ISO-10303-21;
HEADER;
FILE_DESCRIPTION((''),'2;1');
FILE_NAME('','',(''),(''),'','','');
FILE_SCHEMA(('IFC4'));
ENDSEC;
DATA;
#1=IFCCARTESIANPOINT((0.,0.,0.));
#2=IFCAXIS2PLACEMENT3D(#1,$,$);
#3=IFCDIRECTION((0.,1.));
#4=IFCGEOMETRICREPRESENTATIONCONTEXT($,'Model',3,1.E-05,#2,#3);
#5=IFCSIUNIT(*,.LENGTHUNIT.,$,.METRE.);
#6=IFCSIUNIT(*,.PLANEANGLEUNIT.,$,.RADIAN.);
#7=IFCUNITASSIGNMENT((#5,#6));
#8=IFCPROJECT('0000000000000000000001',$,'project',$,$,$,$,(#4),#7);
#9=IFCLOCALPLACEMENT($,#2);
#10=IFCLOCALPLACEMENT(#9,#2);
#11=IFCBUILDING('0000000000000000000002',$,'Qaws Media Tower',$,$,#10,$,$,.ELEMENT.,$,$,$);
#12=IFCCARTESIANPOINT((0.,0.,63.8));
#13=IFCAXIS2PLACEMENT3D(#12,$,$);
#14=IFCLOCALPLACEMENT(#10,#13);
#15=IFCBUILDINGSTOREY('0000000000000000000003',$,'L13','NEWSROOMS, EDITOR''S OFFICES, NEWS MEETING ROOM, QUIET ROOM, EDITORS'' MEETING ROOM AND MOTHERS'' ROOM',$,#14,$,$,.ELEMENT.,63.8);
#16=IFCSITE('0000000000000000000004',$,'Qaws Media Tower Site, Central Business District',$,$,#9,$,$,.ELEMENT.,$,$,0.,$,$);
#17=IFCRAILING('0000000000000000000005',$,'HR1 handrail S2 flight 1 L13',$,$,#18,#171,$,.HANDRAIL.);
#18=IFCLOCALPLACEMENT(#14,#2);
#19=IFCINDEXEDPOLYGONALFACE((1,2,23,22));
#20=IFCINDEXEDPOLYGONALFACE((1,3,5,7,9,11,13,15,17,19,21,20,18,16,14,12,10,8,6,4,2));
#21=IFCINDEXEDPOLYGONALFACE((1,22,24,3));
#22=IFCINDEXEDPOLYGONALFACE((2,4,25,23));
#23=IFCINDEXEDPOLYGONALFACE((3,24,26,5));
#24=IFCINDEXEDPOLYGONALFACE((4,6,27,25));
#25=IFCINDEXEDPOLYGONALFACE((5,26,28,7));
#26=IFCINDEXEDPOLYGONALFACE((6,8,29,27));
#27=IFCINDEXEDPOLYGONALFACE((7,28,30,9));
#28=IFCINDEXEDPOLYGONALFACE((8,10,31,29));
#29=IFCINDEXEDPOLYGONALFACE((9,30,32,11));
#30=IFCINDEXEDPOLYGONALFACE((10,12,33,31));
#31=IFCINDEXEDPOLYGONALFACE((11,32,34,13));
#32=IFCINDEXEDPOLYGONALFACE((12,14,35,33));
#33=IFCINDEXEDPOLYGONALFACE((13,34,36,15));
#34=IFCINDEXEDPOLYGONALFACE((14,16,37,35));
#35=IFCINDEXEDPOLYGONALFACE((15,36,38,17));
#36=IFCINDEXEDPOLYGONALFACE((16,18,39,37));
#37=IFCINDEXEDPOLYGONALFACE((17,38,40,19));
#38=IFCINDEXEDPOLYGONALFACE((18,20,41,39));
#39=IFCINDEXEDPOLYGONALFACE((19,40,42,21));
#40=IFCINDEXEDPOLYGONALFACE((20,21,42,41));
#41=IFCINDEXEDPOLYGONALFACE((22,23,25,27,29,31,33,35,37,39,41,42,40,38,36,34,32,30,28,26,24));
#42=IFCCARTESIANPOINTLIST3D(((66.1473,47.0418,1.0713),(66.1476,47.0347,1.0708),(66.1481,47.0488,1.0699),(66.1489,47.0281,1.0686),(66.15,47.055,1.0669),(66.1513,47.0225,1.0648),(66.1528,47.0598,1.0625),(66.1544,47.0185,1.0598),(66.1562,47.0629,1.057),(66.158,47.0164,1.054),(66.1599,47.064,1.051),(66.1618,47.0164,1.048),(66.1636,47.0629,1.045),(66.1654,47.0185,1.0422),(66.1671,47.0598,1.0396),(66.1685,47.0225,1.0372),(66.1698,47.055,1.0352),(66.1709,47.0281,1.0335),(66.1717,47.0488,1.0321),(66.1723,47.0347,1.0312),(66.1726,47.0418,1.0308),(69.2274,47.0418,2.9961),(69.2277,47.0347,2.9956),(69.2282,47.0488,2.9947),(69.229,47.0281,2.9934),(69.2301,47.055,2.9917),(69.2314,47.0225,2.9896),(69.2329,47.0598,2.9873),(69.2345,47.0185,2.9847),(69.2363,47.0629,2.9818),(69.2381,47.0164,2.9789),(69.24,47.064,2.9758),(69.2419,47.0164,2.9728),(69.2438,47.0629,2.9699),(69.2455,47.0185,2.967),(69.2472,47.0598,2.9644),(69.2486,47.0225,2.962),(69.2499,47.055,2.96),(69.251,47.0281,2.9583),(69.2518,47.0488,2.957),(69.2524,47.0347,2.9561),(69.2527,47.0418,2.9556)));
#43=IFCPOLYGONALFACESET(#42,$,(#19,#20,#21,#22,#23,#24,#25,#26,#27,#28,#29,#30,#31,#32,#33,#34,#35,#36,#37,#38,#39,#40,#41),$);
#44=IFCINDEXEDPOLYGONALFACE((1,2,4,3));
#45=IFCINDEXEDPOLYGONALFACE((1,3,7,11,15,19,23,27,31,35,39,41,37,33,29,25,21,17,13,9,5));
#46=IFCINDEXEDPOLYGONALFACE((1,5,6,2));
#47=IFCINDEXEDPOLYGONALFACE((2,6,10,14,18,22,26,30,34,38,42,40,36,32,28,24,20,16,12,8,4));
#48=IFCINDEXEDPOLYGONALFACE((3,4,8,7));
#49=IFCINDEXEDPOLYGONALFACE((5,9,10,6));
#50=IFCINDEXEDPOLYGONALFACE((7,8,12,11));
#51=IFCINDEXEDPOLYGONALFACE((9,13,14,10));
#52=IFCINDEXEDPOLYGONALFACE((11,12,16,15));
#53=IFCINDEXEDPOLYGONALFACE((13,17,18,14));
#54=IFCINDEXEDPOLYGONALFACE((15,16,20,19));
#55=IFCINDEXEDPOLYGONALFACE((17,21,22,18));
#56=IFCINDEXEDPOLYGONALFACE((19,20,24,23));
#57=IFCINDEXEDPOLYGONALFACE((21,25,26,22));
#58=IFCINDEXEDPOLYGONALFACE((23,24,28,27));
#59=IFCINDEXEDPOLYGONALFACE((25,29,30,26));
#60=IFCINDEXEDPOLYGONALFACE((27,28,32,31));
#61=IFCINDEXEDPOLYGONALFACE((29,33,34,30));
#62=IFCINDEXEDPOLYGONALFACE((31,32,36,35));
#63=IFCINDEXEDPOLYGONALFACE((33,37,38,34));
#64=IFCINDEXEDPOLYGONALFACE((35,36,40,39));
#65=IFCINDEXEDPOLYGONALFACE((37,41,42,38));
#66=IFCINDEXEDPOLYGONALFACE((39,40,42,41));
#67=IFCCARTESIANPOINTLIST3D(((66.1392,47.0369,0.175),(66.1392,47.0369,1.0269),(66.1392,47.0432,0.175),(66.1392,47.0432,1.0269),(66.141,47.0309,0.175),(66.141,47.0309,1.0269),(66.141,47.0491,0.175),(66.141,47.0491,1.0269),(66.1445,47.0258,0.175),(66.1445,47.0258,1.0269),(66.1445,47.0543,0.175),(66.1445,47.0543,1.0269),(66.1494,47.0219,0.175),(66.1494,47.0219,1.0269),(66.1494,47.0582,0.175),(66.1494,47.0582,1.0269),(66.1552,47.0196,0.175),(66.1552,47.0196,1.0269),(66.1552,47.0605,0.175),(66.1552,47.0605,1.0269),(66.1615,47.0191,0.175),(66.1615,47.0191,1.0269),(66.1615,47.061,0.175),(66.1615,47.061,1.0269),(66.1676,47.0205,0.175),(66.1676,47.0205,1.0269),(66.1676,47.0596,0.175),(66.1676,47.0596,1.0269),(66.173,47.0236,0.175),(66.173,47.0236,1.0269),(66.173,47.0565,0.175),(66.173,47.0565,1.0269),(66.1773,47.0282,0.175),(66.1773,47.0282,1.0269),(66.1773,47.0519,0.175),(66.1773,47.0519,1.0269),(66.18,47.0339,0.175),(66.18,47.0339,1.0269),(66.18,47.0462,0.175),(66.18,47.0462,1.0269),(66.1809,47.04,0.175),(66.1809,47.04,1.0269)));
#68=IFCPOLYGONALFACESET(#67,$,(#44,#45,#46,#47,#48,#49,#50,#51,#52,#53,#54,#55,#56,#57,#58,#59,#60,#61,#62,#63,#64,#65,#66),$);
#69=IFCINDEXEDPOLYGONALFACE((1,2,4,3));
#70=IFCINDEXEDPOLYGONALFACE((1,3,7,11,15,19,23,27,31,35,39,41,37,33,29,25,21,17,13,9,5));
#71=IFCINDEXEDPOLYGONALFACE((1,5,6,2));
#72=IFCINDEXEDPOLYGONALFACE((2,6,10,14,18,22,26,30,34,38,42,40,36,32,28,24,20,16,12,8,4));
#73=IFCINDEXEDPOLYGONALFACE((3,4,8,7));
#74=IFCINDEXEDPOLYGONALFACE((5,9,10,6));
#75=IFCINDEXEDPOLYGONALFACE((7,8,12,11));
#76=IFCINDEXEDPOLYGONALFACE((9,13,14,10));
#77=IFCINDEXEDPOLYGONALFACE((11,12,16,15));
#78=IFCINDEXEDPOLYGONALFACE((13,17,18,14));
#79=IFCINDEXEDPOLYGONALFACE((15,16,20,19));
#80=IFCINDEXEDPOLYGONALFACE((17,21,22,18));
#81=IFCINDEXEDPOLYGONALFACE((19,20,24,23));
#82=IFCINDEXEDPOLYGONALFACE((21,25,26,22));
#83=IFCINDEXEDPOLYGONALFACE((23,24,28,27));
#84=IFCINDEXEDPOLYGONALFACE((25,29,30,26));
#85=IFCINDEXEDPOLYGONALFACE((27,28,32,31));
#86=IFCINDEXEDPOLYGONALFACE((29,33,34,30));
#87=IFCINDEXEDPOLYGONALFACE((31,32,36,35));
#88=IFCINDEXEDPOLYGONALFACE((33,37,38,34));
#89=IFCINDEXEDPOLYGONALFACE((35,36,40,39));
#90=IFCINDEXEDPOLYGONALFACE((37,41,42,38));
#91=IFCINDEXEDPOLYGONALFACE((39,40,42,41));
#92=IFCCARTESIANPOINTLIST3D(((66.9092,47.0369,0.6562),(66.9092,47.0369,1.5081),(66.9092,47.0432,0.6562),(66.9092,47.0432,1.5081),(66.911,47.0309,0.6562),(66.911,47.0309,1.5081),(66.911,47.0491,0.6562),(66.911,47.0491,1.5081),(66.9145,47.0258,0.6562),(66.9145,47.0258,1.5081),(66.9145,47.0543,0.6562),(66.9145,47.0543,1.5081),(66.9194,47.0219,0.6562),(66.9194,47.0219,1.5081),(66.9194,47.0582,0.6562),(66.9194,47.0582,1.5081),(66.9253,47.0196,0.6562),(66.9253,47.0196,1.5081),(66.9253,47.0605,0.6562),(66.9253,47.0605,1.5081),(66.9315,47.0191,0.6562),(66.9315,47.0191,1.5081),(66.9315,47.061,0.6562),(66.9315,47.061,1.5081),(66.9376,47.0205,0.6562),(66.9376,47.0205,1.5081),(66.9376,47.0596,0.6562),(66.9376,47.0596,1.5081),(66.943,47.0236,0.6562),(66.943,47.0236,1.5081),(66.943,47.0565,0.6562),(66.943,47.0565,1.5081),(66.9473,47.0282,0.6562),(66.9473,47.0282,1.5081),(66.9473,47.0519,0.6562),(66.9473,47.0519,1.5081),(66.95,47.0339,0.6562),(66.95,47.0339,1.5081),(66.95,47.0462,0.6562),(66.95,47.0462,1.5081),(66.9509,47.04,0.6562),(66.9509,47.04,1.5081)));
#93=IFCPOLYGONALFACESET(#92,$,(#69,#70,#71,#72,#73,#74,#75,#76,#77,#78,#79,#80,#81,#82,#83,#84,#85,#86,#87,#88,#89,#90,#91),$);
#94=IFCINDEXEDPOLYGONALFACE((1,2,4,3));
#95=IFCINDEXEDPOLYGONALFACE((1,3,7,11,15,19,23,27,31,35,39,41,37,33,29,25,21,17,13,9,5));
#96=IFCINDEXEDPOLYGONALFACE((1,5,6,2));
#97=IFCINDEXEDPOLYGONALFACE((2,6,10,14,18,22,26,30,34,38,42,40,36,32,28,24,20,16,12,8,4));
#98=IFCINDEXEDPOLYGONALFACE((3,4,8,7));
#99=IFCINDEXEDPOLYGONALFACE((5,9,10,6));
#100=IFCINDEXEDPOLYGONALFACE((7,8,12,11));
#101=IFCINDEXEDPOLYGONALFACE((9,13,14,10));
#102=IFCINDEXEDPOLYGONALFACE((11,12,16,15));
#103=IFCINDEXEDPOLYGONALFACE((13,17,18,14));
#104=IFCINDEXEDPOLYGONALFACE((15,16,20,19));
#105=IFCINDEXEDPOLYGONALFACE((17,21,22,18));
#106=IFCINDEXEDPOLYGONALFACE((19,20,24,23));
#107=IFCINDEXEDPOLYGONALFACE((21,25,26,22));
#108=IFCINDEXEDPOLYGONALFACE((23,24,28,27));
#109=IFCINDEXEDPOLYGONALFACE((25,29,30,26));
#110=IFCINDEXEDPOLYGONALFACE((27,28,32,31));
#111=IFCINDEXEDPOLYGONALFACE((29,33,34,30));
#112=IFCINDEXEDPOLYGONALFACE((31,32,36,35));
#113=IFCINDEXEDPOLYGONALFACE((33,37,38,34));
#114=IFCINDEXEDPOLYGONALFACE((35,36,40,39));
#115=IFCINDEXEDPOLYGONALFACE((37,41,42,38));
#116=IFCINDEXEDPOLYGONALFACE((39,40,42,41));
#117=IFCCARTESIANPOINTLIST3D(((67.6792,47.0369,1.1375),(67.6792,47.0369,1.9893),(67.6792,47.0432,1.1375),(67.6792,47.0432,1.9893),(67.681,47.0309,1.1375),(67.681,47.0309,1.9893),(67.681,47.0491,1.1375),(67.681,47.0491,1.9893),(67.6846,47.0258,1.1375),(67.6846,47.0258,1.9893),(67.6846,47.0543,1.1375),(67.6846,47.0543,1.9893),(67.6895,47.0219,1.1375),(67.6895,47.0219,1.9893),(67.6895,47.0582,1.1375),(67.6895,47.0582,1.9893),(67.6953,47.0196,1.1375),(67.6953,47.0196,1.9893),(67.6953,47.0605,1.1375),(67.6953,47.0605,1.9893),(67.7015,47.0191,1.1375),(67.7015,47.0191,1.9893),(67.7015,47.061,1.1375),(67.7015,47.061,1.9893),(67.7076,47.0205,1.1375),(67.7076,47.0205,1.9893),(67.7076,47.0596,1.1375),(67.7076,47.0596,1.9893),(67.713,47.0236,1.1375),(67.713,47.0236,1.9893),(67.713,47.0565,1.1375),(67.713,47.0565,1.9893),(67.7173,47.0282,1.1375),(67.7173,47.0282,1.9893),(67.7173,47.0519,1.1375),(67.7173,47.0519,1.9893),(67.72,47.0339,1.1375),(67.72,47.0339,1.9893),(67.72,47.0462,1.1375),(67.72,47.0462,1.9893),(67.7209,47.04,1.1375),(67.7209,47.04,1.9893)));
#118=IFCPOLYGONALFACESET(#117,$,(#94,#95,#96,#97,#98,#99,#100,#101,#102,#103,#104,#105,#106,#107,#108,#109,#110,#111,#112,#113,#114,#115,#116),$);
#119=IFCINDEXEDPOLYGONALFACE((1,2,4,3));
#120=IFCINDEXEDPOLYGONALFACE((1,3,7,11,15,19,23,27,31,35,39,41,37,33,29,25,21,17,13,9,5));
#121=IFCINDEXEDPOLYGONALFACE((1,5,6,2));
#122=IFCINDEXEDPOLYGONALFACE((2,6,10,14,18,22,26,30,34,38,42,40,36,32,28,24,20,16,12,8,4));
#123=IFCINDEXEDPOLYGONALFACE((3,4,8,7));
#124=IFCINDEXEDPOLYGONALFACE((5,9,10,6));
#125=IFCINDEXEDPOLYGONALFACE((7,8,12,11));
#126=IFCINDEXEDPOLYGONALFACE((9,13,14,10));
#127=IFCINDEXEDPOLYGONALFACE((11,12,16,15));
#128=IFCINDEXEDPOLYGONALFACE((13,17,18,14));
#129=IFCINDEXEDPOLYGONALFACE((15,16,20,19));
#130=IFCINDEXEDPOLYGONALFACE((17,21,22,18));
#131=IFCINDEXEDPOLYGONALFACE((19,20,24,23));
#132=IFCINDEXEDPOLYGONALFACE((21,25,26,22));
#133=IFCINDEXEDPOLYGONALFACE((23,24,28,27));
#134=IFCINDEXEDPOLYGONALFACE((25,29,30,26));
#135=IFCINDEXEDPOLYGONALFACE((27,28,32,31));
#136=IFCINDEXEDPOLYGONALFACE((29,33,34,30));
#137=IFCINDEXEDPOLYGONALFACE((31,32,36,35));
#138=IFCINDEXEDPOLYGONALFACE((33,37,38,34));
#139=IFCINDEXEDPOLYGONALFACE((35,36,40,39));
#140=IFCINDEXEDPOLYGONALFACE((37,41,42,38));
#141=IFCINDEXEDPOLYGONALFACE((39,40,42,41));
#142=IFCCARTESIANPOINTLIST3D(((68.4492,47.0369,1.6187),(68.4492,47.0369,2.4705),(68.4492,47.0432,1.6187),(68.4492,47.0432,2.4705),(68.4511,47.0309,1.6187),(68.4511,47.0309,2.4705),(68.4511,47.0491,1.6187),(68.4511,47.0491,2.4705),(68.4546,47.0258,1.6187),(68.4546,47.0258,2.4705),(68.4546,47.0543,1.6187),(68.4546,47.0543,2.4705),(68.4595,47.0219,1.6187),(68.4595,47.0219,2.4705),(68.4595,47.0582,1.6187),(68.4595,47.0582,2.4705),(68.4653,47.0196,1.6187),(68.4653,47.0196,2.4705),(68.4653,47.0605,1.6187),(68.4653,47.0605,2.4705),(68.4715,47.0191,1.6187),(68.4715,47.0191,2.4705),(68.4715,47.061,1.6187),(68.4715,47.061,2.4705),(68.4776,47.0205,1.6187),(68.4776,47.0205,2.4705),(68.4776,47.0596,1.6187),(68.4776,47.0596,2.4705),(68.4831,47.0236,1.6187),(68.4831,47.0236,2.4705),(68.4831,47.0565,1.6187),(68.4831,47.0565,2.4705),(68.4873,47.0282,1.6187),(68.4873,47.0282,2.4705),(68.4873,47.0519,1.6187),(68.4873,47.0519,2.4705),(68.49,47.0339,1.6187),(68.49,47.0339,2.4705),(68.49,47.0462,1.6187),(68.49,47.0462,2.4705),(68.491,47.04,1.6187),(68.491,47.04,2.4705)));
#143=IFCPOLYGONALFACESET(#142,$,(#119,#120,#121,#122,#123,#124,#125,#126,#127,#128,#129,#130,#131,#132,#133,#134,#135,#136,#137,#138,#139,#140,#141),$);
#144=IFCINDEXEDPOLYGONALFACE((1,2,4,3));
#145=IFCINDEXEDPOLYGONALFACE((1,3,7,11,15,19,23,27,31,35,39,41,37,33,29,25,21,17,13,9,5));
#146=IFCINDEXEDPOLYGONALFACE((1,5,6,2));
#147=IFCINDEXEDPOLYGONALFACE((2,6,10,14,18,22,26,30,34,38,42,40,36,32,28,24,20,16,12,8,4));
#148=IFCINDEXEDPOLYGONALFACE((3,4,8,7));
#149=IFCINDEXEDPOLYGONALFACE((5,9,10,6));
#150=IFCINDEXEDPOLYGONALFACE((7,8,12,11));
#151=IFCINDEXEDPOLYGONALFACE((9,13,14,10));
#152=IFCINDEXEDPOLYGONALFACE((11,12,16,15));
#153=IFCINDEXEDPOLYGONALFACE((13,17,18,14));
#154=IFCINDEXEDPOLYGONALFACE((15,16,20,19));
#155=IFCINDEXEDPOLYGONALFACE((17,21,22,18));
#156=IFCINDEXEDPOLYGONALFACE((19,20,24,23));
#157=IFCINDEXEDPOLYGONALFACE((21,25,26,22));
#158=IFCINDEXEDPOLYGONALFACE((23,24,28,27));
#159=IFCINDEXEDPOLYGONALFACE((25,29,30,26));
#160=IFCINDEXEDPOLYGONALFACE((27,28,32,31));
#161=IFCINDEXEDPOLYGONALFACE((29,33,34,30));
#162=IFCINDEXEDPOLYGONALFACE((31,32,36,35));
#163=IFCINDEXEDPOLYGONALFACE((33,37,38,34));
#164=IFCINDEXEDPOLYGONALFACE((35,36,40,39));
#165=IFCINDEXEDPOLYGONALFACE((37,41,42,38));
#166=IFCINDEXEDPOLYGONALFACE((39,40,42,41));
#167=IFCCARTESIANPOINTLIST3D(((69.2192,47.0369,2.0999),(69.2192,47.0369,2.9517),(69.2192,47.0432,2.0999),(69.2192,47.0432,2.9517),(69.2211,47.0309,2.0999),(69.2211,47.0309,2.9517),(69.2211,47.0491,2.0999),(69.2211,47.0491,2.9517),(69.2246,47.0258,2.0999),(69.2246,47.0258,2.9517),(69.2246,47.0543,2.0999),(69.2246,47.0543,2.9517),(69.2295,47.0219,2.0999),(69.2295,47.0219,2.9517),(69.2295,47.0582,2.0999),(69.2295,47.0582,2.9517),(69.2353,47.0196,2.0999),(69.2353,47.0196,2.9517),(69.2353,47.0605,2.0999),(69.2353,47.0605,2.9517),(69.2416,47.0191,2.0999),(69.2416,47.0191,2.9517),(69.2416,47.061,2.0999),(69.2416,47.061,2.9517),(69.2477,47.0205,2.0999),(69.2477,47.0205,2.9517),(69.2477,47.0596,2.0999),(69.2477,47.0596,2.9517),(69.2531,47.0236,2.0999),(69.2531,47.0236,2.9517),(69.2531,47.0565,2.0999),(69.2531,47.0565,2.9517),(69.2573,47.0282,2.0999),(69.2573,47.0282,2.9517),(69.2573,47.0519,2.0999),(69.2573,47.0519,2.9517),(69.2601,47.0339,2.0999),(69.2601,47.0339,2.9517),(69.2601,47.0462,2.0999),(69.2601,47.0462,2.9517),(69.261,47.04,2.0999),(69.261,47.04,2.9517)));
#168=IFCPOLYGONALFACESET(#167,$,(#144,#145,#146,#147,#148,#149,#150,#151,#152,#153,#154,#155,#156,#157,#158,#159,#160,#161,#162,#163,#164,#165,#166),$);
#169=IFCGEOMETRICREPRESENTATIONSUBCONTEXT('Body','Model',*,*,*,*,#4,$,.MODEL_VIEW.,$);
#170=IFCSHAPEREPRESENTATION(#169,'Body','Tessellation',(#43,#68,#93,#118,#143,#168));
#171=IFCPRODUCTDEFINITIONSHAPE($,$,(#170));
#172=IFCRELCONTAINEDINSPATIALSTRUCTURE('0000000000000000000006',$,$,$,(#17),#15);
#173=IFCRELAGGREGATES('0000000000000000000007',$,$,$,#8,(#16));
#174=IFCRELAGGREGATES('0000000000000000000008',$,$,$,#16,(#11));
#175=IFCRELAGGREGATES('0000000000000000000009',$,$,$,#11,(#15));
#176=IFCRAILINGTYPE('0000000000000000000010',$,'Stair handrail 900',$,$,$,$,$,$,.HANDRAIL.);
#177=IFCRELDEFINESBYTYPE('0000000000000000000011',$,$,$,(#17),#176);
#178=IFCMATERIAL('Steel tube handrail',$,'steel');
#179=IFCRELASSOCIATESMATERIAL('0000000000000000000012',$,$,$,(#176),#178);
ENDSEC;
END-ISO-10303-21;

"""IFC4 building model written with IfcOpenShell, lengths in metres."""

from ifc_helpers import new_model, si_unit, direction, frame, origin, origin_2d, place, context, subcontext, project, spatial, circle, extrude, material, type_object, element, save


model = new_model("IFC4")

# Units and contexts
model_context = context("Model", 3, precision=1e-05, world=origin(), true_north=direction((0.0, 1.0)))
body_context = subcontext(model_context, "Body", "Model", "MODEL_VIEW")
ifc_project = project(units=[si_unit("LENGTHUNIT", "METRE"), si_unit("PLANEANGLEUNIT", "RADIAN")], contexts=[model_context])

# Site, building, storey
site_placement = place(None, origin())
site = spatial("IfcSite", under=ifc_project, at=site_placement, Name="Qaws Media Tower Site, Central Business District", CompositionType="ELEMENT", RefElevation=0.0)
building_placement = place(site_placement, origin())
building = spatial("IfcBuilding", under=site, at=building_placement, Name="Qaws Media Tower", CompositionType="ELEMENT")
storey_placement = place(building_placement, frame((0.0, 0.0, 63.8)))
storey = spatial("IfcBuildingStorey", under=building, at=storey_placement, Name="L13", Description="NEWSROOMS, EDITOR'S OFFICES, NEWS MEETING ROOM, QUIET ROOM, EDITORS' MEETING ROOM AND MOTHERS' ROOM", CompositionType="ELEMENT", Elevation=63.8)

# Railing
ifc_material_1 = material(Name="Steel tube handrail", Category="steel")
railing_type = type_object("IfcRailingType", Name="Stair handrail 900", PredefinedType="HANDRAIL", material=ifc_material_1)
railing_placement = place(storey_placement, frame((66.1599, 47.04, 0.175)))
element("IfcRailing", 1, at=railing_placement, inside=storey, type_object=railing_type, Name="HR1 handrail S2 flight 1 L13", PredefinedType="HANDRAIL", context=body_context, shape_type="SweptSolid", body=[
    extrude(circle(Radius=0.0239, at=origin_2d()), frame((0.0, 0.0, 0.876), z_axis=(0.848029, 0.0, 0.529951), x_axis=(0.0, 1.0, 0.0)), (0.0, 0.0, 1.0), 3.6321),
    extrude(circle(Radius=0.021, at=origin_2d()), origin(), (0.0, 0.0, 1.0), 0.8518),
    extrude(circle(Radius=0.021, at=origin_2d()), frame((0.77, 0.0, 0.4812)), (0.0, 0.0, 1.0), 0.8518),
    extrude(circle(Radius=0.021, at=origin_2d()), frame((1.54, 0.0, 0.9624)), (0.0, 0.0, 1.0), 0.8518),
    extrude(circle(Radius=0.021, at=origin_2d()), frame((2.3101, 0.0, 1.4436)), (0.0, 0.0, 1.0), 0.8518),
    extrude(circle(Radius=0.021, at=origin_2d()), frame((3.0801, 0.0, 1.9248)), (0.0, 0.0, 1.0), 0.8518),
])

save(model, "model.ifc")
